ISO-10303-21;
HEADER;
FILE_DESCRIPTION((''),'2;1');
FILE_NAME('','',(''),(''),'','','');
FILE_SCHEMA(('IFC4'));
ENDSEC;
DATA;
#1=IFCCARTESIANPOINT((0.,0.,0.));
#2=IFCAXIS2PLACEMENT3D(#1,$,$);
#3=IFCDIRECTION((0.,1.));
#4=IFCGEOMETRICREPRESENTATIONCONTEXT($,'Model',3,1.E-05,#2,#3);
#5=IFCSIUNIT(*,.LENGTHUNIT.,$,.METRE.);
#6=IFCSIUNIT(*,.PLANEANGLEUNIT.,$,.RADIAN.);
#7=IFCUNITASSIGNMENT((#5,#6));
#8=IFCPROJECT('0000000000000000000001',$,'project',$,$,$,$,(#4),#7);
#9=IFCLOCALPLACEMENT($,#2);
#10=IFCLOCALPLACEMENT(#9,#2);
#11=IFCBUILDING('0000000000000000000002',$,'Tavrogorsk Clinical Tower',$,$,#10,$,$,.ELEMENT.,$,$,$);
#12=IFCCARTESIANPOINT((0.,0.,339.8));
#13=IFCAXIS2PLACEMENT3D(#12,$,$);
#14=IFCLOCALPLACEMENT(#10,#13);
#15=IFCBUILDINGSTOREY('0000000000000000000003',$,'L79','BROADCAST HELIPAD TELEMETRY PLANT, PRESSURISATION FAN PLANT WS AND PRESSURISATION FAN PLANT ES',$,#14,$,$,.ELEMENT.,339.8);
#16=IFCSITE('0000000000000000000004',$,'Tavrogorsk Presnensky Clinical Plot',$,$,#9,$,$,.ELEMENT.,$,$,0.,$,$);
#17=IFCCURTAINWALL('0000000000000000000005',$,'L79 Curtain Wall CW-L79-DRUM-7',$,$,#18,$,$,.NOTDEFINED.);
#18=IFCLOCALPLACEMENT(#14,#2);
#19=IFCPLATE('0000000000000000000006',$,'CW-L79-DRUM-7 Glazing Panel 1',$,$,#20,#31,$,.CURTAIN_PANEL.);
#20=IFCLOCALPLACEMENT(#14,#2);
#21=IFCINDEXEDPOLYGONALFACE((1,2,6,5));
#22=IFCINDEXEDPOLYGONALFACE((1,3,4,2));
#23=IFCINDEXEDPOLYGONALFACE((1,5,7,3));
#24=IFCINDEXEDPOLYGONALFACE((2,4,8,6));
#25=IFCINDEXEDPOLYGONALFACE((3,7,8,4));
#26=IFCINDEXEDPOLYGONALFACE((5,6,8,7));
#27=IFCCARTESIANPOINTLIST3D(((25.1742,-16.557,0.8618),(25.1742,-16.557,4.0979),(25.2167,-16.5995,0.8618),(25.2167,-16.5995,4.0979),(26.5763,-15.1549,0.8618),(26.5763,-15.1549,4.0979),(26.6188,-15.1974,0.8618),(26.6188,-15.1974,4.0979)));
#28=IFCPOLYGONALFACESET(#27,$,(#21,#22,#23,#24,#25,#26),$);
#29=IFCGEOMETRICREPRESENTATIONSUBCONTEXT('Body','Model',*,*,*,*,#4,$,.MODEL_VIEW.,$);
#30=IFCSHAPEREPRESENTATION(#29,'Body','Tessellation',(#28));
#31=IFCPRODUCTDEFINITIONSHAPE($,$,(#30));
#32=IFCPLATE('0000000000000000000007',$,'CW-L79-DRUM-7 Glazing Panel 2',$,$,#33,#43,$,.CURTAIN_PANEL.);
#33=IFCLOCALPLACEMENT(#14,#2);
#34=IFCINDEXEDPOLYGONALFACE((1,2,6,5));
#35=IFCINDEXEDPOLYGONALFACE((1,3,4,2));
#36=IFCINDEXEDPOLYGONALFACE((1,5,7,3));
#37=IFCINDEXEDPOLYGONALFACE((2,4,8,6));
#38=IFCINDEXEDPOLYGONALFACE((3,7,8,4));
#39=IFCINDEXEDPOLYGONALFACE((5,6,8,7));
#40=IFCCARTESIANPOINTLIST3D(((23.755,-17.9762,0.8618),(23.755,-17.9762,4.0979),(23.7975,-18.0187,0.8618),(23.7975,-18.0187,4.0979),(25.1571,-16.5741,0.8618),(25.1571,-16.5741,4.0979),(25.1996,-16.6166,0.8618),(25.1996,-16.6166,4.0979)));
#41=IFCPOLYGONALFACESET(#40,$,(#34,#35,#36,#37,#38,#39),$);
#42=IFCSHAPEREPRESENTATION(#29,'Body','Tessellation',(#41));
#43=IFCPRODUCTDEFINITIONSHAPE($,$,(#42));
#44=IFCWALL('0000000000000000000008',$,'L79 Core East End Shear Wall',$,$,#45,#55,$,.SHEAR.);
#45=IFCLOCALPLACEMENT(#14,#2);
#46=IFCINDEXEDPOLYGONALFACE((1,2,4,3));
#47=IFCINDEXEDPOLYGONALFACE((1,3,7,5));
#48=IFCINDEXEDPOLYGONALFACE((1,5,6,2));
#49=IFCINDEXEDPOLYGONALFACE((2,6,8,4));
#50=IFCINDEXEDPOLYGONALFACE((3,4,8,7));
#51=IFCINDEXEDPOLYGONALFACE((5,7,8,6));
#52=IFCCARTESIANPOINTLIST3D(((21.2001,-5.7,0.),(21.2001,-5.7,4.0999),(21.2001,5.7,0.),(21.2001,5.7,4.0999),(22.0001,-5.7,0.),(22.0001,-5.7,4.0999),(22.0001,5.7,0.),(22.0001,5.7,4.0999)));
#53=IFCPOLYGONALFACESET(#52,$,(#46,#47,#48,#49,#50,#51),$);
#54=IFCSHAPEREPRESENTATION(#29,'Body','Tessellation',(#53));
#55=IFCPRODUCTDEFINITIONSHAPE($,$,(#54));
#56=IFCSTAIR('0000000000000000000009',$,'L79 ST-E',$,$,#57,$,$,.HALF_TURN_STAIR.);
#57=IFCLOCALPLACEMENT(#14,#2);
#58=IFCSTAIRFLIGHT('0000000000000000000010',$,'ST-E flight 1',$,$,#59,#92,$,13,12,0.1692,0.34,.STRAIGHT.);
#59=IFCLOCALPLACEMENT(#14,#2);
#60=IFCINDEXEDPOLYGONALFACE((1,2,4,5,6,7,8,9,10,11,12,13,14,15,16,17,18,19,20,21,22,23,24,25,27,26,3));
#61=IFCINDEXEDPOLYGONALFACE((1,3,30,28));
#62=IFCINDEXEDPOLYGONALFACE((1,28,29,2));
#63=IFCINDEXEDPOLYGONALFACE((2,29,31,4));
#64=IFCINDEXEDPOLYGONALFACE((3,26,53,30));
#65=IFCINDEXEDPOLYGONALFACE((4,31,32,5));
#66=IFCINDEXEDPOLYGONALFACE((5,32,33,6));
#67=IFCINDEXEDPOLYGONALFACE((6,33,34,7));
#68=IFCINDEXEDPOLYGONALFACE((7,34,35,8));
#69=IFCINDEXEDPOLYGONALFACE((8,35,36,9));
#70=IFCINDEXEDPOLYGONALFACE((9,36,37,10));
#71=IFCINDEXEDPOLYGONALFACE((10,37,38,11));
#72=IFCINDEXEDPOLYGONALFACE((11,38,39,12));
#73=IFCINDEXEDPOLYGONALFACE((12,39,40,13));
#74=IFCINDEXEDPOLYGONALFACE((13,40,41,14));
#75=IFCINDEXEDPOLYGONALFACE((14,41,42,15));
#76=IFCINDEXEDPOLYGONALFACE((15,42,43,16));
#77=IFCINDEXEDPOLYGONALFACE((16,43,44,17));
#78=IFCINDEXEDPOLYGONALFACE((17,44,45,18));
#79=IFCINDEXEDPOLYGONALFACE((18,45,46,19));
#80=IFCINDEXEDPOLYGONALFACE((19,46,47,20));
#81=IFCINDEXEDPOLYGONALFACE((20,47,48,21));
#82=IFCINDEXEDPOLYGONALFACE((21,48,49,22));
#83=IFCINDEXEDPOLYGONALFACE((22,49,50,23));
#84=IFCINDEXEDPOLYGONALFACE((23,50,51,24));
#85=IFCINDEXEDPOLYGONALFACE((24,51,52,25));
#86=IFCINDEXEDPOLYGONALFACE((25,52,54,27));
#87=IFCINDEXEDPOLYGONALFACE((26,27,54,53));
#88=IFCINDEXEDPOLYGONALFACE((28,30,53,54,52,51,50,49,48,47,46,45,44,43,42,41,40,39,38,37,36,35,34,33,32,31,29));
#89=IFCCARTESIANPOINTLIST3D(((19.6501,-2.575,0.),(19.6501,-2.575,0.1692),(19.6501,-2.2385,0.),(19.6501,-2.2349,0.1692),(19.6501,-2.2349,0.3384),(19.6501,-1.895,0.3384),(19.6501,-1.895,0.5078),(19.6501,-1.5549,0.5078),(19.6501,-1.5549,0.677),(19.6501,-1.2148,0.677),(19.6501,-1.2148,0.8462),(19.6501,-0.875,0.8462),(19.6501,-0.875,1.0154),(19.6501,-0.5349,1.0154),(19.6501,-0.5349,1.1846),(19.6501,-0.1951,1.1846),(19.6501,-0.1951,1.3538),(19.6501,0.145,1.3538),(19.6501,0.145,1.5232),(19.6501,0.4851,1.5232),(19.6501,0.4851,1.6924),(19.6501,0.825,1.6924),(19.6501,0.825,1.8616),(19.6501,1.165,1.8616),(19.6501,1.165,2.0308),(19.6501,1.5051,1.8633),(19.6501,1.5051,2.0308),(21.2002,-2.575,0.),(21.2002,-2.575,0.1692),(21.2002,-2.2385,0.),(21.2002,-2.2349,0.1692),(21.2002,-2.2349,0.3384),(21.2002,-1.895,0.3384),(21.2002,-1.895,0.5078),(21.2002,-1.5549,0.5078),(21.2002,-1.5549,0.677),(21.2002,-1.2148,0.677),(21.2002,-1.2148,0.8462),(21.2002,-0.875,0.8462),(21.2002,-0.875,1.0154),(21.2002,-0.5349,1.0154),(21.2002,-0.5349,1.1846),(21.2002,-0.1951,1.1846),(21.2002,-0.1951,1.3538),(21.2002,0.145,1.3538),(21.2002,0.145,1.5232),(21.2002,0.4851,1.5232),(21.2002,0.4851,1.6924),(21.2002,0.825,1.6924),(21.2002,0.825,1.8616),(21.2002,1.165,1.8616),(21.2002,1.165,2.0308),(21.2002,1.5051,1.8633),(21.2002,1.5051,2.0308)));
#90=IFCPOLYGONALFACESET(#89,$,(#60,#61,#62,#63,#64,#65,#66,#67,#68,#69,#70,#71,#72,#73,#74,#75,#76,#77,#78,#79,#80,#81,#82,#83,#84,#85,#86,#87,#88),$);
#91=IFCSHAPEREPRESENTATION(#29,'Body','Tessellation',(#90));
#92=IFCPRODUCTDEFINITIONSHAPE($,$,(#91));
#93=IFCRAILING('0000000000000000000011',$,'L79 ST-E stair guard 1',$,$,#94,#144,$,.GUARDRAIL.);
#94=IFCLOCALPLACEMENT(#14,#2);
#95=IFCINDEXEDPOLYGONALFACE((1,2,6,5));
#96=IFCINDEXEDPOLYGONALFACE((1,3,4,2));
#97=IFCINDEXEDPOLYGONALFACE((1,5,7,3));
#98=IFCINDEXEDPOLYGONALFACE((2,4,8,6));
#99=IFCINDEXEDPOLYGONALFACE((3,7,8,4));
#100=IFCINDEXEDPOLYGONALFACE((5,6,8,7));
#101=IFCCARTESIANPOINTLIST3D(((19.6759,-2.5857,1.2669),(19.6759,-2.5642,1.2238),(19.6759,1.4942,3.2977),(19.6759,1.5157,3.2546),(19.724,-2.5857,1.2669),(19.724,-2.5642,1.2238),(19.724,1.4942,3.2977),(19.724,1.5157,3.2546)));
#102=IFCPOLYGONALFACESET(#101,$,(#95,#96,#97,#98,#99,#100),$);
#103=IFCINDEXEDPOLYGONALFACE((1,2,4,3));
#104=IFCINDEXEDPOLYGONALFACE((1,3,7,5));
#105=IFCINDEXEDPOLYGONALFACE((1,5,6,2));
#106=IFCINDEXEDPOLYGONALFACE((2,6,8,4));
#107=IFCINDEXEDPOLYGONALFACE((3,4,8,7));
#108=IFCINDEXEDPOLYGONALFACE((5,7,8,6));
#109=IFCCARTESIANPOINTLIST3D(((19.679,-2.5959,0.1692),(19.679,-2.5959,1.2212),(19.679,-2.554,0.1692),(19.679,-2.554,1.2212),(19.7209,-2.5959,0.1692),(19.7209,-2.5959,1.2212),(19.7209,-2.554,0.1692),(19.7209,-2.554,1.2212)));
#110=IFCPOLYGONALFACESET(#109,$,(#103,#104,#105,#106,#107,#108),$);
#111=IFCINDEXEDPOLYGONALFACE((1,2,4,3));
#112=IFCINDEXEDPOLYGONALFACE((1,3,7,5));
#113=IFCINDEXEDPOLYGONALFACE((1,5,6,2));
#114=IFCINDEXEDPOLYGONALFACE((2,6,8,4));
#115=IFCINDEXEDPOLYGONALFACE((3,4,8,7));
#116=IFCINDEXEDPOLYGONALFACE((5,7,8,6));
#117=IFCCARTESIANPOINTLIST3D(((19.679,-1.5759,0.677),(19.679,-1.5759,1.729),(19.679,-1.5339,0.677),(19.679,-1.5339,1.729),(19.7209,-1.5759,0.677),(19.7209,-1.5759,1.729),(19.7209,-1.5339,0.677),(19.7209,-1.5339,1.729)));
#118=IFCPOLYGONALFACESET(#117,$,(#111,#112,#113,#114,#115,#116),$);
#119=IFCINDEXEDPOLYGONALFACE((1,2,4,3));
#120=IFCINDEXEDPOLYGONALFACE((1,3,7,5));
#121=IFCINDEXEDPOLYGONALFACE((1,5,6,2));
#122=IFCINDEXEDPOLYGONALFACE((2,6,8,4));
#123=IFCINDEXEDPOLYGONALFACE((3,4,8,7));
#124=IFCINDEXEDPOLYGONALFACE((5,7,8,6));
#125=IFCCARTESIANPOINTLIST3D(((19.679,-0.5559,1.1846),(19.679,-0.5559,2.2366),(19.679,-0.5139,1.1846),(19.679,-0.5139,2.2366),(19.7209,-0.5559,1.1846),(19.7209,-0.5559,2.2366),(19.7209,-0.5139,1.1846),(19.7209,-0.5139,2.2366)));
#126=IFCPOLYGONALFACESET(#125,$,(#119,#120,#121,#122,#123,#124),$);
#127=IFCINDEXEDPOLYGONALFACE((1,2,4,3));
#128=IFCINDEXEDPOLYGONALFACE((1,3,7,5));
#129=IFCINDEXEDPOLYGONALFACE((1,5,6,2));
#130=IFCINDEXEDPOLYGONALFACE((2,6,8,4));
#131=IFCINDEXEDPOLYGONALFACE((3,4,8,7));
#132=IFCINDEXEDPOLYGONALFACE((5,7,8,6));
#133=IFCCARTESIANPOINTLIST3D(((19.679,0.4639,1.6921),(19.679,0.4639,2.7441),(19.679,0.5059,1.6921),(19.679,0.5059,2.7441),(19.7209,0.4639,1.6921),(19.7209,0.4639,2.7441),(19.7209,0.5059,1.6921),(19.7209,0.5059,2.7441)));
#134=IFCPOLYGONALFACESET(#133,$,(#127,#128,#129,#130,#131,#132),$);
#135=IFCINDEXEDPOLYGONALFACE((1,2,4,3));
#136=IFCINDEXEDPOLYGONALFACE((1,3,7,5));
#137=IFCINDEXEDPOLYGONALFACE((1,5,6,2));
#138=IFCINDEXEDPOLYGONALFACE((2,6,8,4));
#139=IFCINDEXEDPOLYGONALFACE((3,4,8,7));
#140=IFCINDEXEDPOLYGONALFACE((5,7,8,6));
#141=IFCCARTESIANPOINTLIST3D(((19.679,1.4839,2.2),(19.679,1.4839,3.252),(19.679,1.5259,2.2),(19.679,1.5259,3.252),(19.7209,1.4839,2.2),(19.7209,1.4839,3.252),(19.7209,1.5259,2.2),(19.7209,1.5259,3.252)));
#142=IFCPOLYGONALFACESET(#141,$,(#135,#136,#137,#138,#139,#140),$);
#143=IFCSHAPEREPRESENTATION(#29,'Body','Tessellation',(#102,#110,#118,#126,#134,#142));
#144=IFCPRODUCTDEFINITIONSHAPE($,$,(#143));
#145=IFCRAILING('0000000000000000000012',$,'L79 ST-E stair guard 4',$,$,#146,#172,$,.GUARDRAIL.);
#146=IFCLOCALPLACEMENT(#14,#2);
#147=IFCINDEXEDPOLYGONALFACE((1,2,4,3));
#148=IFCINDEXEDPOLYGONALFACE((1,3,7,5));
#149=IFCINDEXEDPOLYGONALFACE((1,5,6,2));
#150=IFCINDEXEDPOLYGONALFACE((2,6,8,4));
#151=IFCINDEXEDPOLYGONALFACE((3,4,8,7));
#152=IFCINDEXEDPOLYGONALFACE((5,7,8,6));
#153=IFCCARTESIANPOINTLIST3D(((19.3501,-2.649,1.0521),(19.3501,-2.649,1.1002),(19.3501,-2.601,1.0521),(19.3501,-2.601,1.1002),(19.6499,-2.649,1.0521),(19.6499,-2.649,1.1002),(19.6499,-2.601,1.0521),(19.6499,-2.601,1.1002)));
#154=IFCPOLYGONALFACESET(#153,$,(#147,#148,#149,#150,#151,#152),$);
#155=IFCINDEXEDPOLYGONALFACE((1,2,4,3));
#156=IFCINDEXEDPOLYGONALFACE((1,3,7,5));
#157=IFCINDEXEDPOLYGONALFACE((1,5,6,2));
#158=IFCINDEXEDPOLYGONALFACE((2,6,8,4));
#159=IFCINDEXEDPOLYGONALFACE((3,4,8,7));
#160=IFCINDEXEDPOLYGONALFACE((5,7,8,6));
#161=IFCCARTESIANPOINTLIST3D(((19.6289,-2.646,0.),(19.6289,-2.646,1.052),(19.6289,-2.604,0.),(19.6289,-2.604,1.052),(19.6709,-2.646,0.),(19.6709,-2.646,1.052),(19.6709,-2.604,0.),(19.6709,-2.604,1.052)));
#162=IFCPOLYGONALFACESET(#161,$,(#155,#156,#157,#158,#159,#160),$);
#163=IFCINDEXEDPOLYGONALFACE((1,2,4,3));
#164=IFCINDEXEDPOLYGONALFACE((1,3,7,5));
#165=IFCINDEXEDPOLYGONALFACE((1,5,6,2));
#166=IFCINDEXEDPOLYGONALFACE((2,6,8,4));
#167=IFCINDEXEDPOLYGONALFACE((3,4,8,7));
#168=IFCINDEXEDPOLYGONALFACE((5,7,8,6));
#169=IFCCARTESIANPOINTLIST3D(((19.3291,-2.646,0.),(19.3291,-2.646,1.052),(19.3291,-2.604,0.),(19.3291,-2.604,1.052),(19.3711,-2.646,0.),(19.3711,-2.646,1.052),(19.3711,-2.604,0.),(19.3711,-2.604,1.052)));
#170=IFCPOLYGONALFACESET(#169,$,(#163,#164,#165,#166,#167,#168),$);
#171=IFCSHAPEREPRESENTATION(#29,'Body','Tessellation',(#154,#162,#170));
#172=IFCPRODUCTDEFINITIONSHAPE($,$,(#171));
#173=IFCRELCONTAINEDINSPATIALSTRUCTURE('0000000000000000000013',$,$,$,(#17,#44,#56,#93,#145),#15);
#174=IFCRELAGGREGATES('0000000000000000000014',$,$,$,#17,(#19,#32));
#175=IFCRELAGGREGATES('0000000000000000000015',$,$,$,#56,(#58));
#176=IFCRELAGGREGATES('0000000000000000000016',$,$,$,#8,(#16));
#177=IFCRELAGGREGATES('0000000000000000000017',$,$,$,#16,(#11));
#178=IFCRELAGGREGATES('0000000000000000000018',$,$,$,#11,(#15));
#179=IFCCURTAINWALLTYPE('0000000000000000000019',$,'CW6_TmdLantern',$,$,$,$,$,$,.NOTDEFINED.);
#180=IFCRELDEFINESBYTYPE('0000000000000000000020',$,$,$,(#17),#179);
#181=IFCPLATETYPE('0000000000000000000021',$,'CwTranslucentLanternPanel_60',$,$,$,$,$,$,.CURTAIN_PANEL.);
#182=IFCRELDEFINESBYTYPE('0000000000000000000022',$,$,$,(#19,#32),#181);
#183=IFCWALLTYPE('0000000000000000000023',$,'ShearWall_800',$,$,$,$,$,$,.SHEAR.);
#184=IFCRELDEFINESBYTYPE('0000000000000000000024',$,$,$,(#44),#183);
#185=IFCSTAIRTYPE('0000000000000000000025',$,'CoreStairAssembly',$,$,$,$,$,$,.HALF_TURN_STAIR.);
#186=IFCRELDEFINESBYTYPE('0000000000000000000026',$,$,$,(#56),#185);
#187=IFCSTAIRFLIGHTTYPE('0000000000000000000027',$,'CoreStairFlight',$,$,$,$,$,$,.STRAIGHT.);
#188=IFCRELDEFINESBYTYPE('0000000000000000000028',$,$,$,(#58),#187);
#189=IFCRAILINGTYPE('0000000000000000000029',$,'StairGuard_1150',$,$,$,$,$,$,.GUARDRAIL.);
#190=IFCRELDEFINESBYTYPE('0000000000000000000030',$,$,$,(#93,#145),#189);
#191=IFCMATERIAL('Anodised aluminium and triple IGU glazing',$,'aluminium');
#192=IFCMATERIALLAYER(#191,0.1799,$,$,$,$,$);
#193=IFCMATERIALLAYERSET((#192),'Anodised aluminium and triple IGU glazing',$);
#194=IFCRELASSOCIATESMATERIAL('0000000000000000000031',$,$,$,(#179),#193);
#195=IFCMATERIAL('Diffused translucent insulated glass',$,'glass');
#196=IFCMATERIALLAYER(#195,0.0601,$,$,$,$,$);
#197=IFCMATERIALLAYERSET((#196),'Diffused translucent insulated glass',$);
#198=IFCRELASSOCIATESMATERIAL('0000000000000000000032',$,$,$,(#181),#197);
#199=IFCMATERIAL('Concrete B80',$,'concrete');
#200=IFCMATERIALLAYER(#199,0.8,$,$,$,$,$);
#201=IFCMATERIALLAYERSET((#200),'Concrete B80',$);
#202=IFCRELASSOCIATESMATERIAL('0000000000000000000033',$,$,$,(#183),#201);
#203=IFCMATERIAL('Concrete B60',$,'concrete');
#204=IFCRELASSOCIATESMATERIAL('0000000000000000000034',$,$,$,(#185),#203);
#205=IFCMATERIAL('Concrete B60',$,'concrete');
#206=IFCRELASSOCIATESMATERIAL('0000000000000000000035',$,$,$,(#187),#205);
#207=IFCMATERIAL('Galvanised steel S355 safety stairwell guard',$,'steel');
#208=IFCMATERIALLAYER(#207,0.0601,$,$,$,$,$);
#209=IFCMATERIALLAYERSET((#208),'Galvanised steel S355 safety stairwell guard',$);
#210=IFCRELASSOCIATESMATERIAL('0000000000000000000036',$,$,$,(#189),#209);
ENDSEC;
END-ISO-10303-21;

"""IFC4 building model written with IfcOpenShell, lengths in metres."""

from ifc_helpers import new_model, si_unit, direction, frame, frame_2d, origin, origin_2d, place, context, subcontext, project, spatial, polyline, rectangle, outline, extrude, material, layer, layer_set, type_object, element, aggregate, save


model = new_model("IFC4")

# Units and contexts
model_context = context("Model", 3, precision=1e-05, world=origin(), true_north=direction((0.0, 1.0)))
body_context = subcontext(model_context, "Body", "Model", "MODEL_VIEW")
ifc_project = project(units=[si_unit("LENGTHUNIT", "METRE"), si_unit("PLANEANGLEUNIT", "RADIAN")], contexts=[model_context])

# Site, building, storey
site_placement = place(None, origin())
site = spatial("IfcSite", under=ifc_project, at=site_placement, Name="Tavrogorsk Presnensky Clinical Plot", CompositionType="ELEMENT", RefElevation=0.0)
building_placement = place(site_placement, origin())
building = spatial("IfcBuilding", under=site, at=building_placement, Name="Tavrogorsk Clinical Tower", CompositionType="ELEMENT")
storey_placement = place(building_placement, frame((0.0, 0.0, 339.8)))
storey = spatial("IfcBuildingStorey", under=building, at=storey_placement, Name="L79", Description="BROADCAST HELIPAD TELEMETRY PLANT, PRESSURISATION FAN PLANT WS AND PRESSURISATION FAN PLANT ES", CompositionType="ELEMENT", Elevation=339.8)

# Curtain wall
ifc_material_1 = material(Name="Anodised aluminium and triple IGU glazing", Category="aluminium")
ifc_layer_1 = layer(ifc_material_1, 0.1799)
ifc_layer_set_1 = layer_set([ifc_layer_1], Name="Anodised aluminium and triple IGU glazing")
curtain_wall_type = type_object("IfcCurtainWallType", Name="CW6_TmdLantern", PredefinedType="NOTDEFINED", material=ifc_layer_set_1)
curtain_wall_1_placement = place(storey_placement, origin())
curtain_wall_1 = element("IfcCurtainWall", 1, at=curtain_wall_1_placement, inside=storey, type_object=curtain_wall_type, Name="L79 Curtain Wall CW-L79-DRUM-7", PredefinedType="NOTDEFINED")

# Plates
ifc_material_2 = material(Name="Diffused translucent insulated glass", Category="glass")
ifc_layer_2 = layer(ifc_material_2, 0.0601)
ifc_layer_set_2 = layer_set([ifc_layer_2], Name="Diffused translucent insulated glass")
plate_type_1 = type_object("IfcPlateType", Name="CwTranslucentLanternPanel_60", PredefinedType="CURTAIN_PANEL", material=ifc_layer_set_2)
plate_1_placement = place(storey_placement, frame((25.8965, -15.8772, 0.8618), z_axis=(0.0, 0.0, 1.0), x_axis=(-0.707107, -0.707107, 0.0)))
plate_1 = element("IfcPlate", 2, at=plate_1_placement, type_object=plate_type_1, Name="CW-L79-DRUM-7 Glazing Panel 1", PredefinedType="CURTAIN_PANEL", context=body_context, shape_type="SweptSolid", body=[
    extrude(rectangle(XDim=1.9829, YDim=0.0601, at=origin_2d()), origin(), (0.0, 0.0, 1.0), 3.2361),
])
plate_2_placement = place(storey_placement, frame((24.4773, -17.2964, 0.8618), z_axis=(0.0, 0.0, 1.0), x_axis=(-0.707107, -0.707107, 0.0)))
plate_2 = element("IfcPlate", 3, at=plate_2_placement, type_object=plate_type_1, Name="CW-L79-DRUM-7 Glazing Panel 2", PredefinedType="CURTAIN_PANEL", context=body_context, shape_type="SweptSolid", body=[
    extrude(rectangle(XDim=1.9829, YDim=0.0601, at=origin_2d()), origin(), (0.0, 0.0, 1.0), 3.2361),
])
aggregate(curtain_wall_1, [plate_1, plate_2])

# Wall
ifc_material_3 = material(Name="Concrete B80", Category="concrete")
ifc_layer_3 = layer(ifc_material_3, 0.8)
ifc_layer_set_3 = layer_set([ifc_layer_3], Name="Concrete B80")
wall_type = type_object("IfcWallType", Name="ShearWall_800", PredefinedType="SHEAR", material=ifc_layer_set_3)
wall_placement = place(storey_placement, frame((21.6001, -5.7, 0.0), z_axis=(0.0, 0.0, 1.0), x_axis=(0.0, 1.0, 0.0)))
element("IfcWall", 4, at=wall_placement, inside=storey, type_object=wall_type, Name="L79 Core East End Shear Wall", PredefinedType="SHEAR", context=body_context, shape_type="SweptSolid", body=[
    extrude(rectangle(XDim=11.3999, YDim=0.8, at=frame_2d((5.7, 0.0))), origin(), (0.0, 0.0, 1.0), 4.0999),
])

# Stair, stair flight
ifc_material_4 = material(Name="Concrete B60", Category="concrete")
stair_type = type_object("IfcStairType", Name="CoreStairAssembly", PredefinedType="HALF_TURN_STAIR", material=ifc_material_4)
stair_placement = place(storey_placement, origin())
stair = element("IfcStair", 5, at=stair_placement, inside=storey, type_object=stair_type, Name="L79 ST-E", PredefinedType="HALF_TURN_STAIR")
ifc_material_5 = material(Name="Concrete B60", Category="concrete")
stair_flight_type = type_object("IfcStairFlightType", Name="CoreStairFlight", PredefinedType="STRAIGHT", material=ifc_material_5)
stair_flight_placement = place(storey_placement, frame((20.425, -2.575, 0.0), z_axis=(0.0, 0.0, 1.0), x_axis=(0.0, 1.0, 0.0)))
stair_flight = element("IfcStairFlight", 6, at=stair_flight_placement, type_object=stair_flight_type, Name="ST-E flight 1", NumberOfRisers=13, NumberOfTreads=12, PredefinedType="STRAIGHT", RiserHeight=0.1692, TreadLength=0.34, context=body_context, shape_type="SweptSolid", body=[
    extrude(outline(polyline([(0.0, 0.0), (0.0, 0.1692), (0.3401, 0.1692), (0.3401, 0.3384), (0.6799, 0.3384), (0.6799, 0.5078), (1.02, 0.5078), (1.02, 0.677), (1.3601, 0.677), (1.3601, 0.8462), (1.7, 0.8462), (1.7, 1.0154), (2.04, 1.0154), (2.04, 1.1846), (2.3799, 1.1846), (2.3799, 1.3538), (2.72, 1.3538), (2.72, 1.5232), (3.0601, 1.5232), (3.0601, 1.6924), (3.3999, 1.6924), (3.3999, 1.8616), (3.74, 1.8616), (3.74, 2.0308), (4.0801, 2.0308), (4.0801, 2.2), (4.0801, 1.8633), (0.3364, 0.0), (0.0, 0.0)])), frame((0.0, 0.7749, 0.0), z_axis=(0.0, -1.0, 0.0), x_axis=(1.0, 0.0, 0.0)), (0.0, 0.0, 1.0), 1.55),
])
aggregate(stair, [stair_flight])

# Railings
ifc_material_6 = material(Name="Galvanised steel S355 safety stairwell guard", Category="steel")
ifc_layer_4 = layer(ifc_material_6, 0.0601)
ifc_layer_set_4 = layer_set([ifc_layer_4], Name="Galvanised steel S355 safety stairwell guard")
railing_type_1 = type_object("IfcRailingType", Name="StairGuard_1150", PredefinedType="GUARDRAIL", material=ifc_layer_set_4)
railing_1_placement = place(storey_placement, frame((19.7, -2.575, 0.1692)))
element("IfcRailing", 7, at=railing_1_placement, inside=storey, type_object=railing_type_1, Name="L79 ST-E stair guard 1", PredefinedType="GUARDRAIL", context=body_context, shape_type="SweptSolid", body=[
    extrude(rectangle(XDim=0.0481, YDim=0.0481, at=origin_2d()), frame((0.0, 0.0, 1.0762), z_axis=(0.0, 0.895229, 0.445606), x_axis=(-1.0, 0.0, 0.0)), (0.0, 0.0, 1.0), 4.5574),
    extrude(rectangle(XDim=0.042, YDim=0.042, at=origin_2d()), origin(), (0.0, 0.0, 1.0), 1.052),
    extrude(rectangle(XDim=0.042, YDim=0.042, at=origin_2d()), frame((0.0, 1.02, 0.5078)), (0.0, 0.0, 1.0), 1.052),
    extrude(rectangle(XDim=0.042, YDim=0.042, at=origin_2d()), frame((0.0, 2.04, 1.0154)), (0.0, 0.0, 1.0), 1.052),
    extrude(rectangle(XDim=0.042, YDim=0.042, at=origin_2d()), frame((0.0, 3.0598, 1.5229)), (0.0, 0.0, 1.0), 1.052),
    extrude(rectangle(XDim=0.042, YDim=0.042, at=origin_2d()), frame((0.0, 4.0798, 2.0308)), (0.0, 0.0, 1.0), 1.052),
])
railing_2_placement = place(storey_placement, frame((19.6499, -2.625, 0.0)))
element("IfcRailing", 8, at=railing_2_placement, inside=storey, type_object=railing_type_1, Name="L79 ST-E stair guard 4", PredefinedType="GUARDRAIL", context=body_context, shape_type="SweptSolid", body=[
    extrude(rectangle(XDim=0.0481, YDim=0.0481, at=origin_2d()), frame((0.0, 0.0, 1.0762), z_axis=(-1.0, 0.0, 0.0), x_axis=(0.0, -1.0, 0.0)), (0.0, 0.0, 1.0), 0.2998),
    extrude(rectangle(XDim=0.042, YDim=0.042, at=origin_2d()), origin(), (0.0, 0.0, 1.0), 1.052),
    extrude(rectangle(XDim=0.042, YDim=0.042, at=origin_2d()), frame((-0.2998, 0.0, 0.0)), (0.0, 0.0, 1.0), 1.052),
])

save(model, "model.ifc")
